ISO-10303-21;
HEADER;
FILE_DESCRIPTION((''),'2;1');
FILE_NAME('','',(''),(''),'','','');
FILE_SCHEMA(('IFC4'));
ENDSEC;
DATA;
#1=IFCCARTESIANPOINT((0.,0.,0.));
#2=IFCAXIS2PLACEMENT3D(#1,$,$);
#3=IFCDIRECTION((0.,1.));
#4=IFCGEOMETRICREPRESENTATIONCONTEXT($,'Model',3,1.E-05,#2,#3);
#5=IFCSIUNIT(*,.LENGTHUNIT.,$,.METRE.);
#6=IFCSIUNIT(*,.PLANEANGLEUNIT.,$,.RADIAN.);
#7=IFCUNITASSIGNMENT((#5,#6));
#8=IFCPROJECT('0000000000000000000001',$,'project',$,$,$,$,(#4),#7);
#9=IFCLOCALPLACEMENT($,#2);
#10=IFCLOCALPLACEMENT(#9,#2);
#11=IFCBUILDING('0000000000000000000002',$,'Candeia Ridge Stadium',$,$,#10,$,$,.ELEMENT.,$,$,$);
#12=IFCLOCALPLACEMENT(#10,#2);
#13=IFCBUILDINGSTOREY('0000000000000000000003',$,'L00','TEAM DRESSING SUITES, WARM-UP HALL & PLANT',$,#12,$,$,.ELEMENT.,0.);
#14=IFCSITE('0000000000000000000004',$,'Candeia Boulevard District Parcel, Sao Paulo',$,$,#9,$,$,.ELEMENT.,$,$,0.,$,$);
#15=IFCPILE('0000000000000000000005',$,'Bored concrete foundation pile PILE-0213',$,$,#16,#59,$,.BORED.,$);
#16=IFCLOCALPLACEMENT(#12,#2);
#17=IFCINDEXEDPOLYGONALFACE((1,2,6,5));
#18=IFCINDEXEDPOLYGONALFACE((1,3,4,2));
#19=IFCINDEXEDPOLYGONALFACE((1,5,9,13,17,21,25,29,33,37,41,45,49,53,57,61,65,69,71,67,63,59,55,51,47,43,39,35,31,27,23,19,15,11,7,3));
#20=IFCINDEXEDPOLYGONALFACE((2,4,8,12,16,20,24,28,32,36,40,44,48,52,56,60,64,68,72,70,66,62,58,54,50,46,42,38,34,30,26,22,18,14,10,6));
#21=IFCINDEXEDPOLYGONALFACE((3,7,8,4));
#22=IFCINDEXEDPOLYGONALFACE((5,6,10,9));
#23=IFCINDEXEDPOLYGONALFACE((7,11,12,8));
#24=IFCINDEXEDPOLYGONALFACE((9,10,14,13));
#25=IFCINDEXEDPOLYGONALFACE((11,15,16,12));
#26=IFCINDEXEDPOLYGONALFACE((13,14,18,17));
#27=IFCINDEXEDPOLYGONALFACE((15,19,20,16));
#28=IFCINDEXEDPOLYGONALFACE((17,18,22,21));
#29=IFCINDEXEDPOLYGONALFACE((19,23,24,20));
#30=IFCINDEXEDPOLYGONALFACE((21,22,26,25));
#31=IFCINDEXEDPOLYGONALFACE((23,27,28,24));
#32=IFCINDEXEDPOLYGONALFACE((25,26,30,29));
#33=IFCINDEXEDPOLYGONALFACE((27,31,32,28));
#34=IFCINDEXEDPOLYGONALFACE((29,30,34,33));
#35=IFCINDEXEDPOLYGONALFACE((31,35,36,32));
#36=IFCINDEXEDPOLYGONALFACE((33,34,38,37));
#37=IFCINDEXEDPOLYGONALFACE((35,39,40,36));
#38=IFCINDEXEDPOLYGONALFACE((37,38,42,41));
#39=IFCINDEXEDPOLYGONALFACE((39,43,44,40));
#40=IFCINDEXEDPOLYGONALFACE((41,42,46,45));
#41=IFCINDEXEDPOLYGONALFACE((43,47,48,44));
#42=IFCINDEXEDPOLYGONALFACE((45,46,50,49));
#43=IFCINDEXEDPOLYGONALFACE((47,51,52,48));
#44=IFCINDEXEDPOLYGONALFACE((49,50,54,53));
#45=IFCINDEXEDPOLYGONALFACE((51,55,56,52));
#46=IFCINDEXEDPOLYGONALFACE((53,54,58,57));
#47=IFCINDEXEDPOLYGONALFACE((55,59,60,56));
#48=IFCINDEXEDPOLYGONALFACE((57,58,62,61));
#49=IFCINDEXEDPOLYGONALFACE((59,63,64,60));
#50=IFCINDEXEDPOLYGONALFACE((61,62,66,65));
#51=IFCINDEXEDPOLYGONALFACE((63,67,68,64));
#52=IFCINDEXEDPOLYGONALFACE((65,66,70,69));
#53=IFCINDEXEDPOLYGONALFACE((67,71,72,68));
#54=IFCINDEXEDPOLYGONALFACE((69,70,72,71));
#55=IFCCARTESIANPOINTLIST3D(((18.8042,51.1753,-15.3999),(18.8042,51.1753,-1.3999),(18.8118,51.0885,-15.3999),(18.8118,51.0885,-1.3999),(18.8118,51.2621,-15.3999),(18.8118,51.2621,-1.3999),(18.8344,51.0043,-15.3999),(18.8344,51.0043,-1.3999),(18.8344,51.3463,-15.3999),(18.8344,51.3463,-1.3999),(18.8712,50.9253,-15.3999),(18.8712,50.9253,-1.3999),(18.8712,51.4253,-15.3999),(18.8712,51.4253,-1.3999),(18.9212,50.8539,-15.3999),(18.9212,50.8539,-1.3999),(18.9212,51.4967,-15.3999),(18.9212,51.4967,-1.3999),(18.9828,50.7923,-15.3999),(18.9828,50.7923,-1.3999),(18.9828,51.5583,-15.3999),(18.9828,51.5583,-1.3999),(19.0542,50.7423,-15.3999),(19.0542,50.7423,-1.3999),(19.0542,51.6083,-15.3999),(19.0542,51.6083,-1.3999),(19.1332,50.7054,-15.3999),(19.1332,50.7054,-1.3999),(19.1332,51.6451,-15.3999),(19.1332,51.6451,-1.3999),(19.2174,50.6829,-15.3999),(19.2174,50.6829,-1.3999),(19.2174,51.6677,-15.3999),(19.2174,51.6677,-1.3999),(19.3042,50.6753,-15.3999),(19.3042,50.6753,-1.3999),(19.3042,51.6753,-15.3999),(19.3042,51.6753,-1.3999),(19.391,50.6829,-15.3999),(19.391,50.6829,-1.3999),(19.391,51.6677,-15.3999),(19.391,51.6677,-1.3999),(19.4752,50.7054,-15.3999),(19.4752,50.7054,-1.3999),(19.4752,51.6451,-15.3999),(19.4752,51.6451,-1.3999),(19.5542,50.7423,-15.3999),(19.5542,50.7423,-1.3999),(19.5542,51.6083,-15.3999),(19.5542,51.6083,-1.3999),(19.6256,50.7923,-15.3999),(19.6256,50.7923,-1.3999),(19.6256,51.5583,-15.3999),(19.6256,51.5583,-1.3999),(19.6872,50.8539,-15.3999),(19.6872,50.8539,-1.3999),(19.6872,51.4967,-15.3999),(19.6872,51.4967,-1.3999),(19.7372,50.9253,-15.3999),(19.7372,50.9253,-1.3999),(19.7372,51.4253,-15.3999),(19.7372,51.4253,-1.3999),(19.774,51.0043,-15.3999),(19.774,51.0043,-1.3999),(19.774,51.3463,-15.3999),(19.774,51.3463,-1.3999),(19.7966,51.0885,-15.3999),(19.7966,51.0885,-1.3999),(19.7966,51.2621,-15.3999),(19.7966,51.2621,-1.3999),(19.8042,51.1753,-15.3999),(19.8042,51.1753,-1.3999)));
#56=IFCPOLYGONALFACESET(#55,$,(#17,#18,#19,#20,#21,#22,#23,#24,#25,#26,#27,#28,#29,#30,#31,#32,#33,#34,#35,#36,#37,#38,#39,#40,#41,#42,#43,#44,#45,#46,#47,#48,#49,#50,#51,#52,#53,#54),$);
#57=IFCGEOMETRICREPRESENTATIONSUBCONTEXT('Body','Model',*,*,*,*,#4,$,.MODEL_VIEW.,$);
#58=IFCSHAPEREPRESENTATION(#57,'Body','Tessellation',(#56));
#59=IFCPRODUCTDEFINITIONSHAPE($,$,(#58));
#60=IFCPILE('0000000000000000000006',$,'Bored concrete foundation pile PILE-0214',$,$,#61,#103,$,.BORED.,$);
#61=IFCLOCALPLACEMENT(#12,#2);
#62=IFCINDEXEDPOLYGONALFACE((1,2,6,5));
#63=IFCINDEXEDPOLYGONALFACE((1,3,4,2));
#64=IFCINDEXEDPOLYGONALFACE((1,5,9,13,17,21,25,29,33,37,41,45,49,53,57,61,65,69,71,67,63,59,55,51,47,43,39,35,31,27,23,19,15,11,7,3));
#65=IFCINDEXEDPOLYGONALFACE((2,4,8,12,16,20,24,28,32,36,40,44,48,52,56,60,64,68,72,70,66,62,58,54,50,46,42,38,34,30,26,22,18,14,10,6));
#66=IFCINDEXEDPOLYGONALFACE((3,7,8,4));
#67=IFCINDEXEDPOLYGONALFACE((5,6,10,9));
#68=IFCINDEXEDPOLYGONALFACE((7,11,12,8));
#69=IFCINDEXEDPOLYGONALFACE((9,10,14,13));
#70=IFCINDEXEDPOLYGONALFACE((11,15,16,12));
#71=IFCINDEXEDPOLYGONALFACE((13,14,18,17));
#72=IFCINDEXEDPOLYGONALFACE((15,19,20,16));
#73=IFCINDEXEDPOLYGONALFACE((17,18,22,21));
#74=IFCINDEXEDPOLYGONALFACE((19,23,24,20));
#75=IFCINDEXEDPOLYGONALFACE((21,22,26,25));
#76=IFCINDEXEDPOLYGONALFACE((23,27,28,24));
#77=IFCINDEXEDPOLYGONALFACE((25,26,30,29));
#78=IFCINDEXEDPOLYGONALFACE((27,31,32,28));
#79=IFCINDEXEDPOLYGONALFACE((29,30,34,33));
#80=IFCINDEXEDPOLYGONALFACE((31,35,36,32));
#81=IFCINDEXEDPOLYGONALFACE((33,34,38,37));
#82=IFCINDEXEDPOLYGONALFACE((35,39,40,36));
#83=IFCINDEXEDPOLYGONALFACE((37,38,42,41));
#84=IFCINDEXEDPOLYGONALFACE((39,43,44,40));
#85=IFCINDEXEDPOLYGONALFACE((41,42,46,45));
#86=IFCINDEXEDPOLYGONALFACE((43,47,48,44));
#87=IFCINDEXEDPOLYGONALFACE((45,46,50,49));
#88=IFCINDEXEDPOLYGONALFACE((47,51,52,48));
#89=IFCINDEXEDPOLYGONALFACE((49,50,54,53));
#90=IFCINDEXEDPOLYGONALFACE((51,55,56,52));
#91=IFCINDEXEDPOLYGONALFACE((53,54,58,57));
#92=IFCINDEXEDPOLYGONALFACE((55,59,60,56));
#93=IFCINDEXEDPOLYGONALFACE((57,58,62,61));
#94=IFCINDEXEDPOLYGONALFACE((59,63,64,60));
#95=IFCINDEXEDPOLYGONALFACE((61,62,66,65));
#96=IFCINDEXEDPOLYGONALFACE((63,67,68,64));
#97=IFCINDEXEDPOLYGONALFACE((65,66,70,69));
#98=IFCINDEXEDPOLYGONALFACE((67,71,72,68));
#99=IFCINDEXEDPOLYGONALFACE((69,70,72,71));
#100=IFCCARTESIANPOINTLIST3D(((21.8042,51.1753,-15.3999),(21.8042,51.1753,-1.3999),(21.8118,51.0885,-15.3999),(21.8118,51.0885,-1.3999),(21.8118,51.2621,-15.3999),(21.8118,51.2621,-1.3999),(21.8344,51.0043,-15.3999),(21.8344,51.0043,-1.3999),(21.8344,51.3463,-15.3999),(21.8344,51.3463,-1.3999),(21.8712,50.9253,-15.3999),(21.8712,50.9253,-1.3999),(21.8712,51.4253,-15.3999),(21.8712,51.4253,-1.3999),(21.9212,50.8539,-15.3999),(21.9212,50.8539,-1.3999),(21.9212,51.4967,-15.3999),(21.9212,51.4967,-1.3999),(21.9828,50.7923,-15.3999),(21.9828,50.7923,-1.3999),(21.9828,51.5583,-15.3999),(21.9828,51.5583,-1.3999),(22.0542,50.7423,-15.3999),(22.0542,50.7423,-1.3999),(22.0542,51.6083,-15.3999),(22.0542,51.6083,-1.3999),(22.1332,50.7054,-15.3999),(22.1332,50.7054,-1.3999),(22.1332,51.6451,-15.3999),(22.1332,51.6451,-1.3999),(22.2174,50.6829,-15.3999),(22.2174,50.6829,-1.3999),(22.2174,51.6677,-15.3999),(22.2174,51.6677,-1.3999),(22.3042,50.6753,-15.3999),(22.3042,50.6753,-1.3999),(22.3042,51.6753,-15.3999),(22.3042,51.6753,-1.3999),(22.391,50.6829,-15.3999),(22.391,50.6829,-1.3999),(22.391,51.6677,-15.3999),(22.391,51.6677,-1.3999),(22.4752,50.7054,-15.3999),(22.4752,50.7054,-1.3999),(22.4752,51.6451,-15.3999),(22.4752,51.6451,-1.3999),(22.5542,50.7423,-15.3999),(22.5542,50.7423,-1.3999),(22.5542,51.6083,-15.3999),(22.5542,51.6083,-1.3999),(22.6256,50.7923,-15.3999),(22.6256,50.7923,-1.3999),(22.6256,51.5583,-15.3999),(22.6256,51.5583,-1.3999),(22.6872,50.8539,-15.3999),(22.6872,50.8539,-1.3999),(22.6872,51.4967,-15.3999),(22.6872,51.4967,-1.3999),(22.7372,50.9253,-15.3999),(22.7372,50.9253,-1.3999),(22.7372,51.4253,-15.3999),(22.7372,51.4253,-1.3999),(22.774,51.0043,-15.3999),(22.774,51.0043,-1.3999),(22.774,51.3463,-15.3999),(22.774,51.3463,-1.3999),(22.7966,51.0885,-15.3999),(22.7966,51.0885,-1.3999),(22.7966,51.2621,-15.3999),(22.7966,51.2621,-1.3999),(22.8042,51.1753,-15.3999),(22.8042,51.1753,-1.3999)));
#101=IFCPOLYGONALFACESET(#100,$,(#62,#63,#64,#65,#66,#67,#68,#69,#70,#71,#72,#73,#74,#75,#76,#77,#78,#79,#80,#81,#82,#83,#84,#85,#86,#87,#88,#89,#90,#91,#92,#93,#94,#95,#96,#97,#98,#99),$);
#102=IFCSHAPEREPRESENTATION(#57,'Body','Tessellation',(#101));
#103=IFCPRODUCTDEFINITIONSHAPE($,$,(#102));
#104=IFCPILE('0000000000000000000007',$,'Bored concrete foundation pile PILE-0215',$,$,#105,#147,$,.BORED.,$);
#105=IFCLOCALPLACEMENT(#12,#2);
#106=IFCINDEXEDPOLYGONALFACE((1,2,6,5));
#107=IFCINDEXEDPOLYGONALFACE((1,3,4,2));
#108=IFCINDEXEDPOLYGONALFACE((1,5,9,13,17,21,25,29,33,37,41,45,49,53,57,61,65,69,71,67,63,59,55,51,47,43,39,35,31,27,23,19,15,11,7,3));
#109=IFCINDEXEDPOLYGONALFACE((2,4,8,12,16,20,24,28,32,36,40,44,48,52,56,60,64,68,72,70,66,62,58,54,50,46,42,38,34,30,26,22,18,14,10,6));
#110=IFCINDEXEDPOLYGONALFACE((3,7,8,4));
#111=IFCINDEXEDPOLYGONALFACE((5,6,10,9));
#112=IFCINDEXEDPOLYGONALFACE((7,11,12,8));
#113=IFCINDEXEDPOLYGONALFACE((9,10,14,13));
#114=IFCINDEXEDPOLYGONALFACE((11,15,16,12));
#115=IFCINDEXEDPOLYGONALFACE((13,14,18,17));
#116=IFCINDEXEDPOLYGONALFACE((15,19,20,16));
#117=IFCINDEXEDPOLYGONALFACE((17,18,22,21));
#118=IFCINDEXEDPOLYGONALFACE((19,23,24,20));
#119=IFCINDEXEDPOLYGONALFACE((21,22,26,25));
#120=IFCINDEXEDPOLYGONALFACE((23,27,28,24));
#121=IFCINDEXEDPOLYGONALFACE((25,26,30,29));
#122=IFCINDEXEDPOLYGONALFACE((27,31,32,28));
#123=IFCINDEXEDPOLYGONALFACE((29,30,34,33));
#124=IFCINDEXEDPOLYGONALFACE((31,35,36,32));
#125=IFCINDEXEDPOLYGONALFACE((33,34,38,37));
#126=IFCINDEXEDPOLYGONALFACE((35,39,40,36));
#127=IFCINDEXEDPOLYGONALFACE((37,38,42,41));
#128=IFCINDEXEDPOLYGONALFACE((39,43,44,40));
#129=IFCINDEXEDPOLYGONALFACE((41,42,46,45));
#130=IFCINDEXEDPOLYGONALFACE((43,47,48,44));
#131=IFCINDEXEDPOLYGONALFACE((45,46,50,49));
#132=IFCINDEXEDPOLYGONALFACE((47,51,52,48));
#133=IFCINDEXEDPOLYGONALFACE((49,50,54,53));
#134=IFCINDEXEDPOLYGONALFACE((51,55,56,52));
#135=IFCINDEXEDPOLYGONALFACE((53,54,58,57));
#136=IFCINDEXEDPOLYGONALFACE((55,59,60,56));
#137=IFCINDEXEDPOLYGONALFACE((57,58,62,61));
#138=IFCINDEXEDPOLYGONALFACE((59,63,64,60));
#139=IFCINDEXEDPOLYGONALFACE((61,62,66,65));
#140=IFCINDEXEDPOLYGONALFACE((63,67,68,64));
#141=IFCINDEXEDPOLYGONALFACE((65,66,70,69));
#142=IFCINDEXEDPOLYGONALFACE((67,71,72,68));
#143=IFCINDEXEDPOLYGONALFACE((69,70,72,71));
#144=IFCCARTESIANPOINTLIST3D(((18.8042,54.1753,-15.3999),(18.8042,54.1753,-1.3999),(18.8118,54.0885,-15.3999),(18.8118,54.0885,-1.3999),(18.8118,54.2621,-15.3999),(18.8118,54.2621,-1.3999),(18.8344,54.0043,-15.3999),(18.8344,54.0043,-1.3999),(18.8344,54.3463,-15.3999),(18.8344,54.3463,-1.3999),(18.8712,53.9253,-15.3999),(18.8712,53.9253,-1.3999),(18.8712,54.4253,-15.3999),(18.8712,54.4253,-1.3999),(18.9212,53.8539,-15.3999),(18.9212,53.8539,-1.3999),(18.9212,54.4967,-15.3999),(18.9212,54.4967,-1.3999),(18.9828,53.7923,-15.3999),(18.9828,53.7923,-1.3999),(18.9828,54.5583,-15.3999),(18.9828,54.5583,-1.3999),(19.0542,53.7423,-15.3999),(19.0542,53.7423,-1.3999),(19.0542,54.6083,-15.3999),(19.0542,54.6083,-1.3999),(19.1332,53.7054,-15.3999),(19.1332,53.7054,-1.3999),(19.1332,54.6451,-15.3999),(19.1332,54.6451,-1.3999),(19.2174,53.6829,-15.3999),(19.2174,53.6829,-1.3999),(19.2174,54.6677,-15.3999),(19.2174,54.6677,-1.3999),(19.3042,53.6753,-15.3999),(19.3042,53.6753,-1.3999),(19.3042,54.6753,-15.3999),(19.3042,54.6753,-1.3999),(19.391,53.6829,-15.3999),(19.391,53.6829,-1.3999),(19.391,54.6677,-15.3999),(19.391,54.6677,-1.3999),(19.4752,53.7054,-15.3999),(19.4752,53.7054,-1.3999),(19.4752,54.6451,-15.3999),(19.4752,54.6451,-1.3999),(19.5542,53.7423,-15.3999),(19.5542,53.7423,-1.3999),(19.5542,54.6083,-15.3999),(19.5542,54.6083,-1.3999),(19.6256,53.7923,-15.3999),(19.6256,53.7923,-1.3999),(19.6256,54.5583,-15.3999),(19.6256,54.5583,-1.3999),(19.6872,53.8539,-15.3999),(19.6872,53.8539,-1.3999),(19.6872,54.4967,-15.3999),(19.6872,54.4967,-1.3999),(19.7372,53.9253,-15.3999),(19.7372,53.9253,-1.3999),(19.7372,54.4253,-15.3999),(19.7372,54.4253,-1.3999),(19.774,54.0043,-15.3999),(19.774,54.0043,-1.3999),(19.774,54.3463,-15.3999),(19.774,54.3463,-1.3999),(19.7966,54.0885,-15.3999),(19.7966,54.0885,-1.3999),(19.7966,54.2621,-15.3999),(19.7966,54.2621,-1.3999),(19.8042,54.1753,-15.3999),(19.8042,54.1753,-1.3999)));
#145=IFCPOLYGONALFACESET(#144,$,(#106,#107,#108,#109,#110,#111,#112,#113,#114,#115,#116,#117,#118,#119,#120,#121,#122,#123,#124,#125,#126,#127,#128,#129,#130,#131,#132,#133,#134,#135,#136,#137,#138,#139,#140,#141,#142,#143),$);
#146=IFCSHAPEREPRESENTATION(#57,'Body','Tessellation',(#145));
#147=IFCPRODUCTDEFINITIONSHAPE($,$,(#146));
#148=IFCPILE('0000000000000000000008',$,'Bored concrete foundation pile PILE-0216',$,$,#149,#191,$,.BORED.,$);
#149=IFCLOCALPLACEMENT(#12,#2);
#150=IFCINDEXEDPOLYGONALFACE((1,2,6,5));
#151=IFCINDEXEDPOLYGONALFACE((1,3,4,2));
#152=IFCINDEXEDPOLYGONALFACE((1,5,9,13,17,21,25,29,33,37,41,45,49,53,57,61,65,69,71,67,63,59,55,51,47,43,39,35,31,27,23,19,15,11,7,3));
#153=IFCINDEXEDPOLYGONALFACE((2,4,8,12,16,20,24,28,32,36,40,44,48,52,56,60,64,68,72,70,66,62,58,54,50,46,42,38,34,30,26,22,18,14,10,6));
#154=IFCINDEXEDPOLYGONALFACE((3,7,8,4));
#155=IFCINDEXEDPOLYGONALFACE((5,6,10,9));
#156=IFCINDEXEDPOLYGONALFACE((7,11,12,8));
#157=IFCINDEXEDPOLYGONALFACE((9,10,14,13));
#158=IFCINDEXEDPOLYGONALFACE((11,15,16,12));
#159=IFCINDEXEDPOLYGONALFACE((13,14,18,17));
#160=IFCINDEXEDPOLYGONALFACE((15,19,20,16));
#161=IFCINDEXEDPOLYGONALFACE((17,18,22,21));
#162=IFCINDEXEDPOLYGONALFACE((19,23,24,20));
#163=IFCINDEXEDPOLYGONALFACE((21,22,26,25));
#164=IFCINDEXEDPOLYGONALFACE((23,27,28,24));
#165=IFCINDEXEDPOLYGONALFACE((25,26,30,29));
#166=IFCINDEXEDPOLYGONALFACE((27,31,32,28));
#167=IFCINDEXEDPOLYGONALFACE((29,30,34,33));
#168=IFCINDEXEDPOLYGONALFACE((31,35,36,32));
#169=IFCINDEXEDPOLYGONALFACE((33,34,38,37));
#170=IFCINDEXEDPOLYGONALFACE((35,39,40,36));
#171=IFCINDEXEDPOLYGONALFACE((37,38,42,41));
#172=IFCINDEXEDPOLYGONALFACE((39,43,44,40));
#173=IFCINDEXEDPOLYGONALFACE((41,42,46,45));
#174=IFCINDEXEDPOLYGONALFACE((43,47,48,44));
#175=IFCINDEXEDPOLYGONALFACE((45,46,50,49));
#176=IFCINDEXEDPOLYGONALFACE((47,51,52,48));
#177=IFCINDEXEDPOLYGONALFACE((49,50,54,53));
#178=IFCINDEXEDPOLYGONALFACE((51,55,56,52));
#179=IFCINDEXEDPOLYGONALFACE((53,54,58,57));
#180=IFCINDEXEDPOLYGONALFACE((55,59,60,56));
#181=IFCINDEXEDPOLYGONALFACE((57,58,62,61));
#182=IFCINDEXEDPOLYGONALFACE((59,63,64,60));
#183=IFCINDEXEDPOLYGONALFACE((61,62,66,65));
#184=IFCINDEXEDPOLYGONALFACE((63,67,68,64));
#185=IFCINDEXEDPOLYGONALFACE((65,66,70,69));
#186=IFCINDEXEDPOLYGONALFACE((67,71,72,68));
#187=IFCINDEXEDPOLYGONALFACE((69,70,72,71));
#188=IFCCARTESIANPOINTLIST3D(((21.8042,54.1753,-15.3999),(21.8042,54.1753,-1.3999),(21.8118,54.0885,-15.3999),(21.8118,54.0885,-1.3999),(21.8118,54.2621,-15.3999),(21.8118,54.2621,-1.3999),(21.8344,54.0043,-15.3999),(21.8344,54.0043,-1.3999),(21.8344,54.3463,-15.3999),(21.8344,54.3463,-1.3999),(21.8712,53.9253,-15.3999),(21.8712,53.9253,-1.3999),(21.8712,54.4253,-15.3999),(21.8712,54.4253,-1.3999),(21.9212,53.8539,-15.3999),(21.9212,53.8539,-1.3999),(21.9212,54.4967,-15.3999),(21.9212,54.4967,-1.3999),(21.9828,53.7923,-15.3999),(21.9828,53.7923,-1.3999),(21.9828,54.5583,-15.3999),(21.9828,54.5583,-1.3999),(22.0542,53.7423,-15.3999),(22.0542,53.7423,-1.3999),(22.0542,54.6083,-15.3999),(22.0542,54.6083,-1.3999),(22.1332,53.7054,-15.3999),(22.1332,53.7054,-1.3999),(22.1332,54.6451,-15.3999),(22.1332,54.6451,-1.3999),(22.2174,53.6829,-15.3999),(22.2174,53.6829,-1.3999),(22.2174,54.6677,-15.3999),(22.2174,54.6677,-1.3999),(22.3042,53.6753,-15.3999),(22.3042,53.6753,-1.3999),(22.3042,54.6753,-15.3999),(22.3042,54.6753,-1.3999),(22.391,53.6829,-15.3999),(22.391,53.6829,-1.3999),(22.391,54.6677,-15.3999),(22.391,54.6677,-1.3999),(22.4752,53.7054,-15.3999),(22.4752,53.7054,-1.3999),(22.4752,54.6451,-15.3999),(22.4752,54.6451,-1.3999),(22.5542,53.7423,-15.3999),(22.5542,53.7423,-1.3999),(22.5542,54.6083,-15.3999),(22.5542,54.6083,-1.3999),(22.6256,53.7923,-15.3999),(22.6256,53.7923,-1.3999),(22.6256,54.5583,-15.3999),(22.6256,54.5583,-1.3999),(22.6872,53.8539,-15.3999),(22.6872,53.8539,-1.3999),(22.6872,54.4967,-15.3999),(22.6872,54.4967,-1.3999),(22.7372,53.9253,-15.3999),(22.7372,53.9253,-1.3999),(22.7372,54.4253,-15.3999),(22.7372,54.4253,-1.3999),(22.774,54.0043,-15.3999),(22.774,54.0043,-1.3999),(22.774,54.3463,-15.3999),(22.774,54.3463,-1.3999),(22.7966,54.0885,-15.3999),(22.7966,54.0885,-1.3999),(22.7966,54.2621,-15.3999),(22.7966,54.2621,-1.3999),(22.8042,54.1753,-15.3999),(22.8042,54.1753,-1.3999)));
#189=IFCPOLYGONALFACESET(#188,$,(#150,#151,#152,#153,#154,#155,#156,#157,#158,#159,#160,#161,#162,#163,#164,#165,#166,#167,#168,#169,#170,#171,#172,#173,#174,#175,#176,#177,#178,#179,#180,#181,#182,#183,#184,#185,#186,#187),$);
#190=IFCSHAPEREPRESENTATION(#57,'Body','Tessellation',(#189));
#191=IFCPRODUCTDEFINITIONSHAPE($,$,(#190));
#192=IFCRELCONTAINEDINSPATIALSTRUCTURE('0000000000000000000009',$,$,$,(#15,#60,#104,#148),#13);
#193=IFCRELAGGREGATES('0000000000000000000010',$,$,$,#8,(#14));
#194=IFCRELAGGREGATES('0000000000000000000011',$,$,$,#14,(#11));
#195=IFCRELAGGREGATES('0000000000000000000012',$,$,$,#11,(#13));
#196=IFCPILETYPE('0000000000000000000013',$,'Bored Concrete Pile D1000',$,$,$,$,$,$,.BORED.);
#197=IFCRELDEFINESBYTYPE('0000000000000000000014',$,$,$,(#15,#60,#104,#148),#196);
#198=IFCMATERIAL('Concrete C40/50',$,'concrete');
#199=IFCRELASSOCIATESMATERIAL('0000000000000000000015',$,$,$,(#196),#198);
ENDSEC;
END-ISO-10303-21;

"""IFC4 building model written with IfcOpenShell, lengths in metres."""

from ifc_helpers import new_model, si_unit, direction, frame, origin, origin_2d, place, context, subcontext, project, spatial, circle, extrude, material, material_profile, profile_set, type_object, element, save


model = new_model("IFC4")

# Units and contexts
model_context = context("Model", 3, precision=1e-05, world=origin(), true_north=direction((0.0, 1.0)))
body_context = subcontext(model_context, "Body", "Model", "MODEL_VIEW")
ifc_project = project(units=[si_unit("LENGTHUNIT", "METRE"), si_unit("PLANEANGLEUNIT", "RADIAN")], contexts=[model_context])

# Site, building, storey
site_placement = place(None, origin())
site = spatial("IfcSite", under=ifc_project, at=site_placement, Name="Candeia Boulevard District Parcel, Sao Paulo", CompositionType="ELEMENT", RefElevation=0.0)
building_placement = place(site_placement, origin())
building = spatial("IfcBuilding", under=site, at=building_placement, Name="Candeia Ridge Stadium", CompositionType="ELEMENT")
storey_placement = place(building_placement, origin())
storey = spatial("IfcBuildingStorey", under=building, at=storey_placement, Name="L00", Description="TEAM DRESSING SUITES, WARM-UP HALL & PLANT", CompositionType="ELEMENT", Elevation=0.0)

# Piles
ifc_material_1 = material(Name="Concrete C40/50", Category="concrete")
ifc_material_profile_1 = material_profile(ifc_material_1, circle(Radius=0.5, at=origin_2d()), Name="PILE-D1000", Category="concrete")
ifc_profile_set_1 = profile_set([ifc_material_profile_1], Name="Concrete C40/50")
pile_type_1 = type_object("IfcPileType", Name="Bored Concrete Pile D1000", PredefinedType="BORED", material=ifc_profile_set_1)
for number, where, z_axis, x_axis, name in (
    (1, (19.3042, 51.1753, -1.3999), (0.0, 0.0, -1.0), (1.0, 0.0, 0.0), "Bored concrete foundation pile PILE-0213"),
    (2, (22.3042, 51.1753, -1.3999), (0.0, 0.0, -1.0), (1.0, 0.0, 0.0), "Bored concrete foundation pile PILE-0214"),
    (3, (19.3042, 54.1753, -1.3999), (0.0, 0.0, -1.0), (1.0, 0.0, 0.0), "Bored concrete foundation pile PILE-0215"),
    (4, (22.3042, 54.1753, -1.3999), (0.0, 0.0, -1.0), (1.0, 0.0, 0.0), "Bored concrete foundation pile PILE-0216"),
):
    element("IfcPile", number, at=place(storey_placement, frame(where, z_axis=z_axis, x_axis=x_axis)), inside=storey, type_object=pile_type_1, Name=name, PredefinedType="BORED", context=body_context, shape_type="SweptSolid", body=[
        extrude(circle(Radius=0.5, at=origin_2d()), origin(), (0.0, 0.0, 1.0), 14.0),
    ])

save(model, "model.ifc")
